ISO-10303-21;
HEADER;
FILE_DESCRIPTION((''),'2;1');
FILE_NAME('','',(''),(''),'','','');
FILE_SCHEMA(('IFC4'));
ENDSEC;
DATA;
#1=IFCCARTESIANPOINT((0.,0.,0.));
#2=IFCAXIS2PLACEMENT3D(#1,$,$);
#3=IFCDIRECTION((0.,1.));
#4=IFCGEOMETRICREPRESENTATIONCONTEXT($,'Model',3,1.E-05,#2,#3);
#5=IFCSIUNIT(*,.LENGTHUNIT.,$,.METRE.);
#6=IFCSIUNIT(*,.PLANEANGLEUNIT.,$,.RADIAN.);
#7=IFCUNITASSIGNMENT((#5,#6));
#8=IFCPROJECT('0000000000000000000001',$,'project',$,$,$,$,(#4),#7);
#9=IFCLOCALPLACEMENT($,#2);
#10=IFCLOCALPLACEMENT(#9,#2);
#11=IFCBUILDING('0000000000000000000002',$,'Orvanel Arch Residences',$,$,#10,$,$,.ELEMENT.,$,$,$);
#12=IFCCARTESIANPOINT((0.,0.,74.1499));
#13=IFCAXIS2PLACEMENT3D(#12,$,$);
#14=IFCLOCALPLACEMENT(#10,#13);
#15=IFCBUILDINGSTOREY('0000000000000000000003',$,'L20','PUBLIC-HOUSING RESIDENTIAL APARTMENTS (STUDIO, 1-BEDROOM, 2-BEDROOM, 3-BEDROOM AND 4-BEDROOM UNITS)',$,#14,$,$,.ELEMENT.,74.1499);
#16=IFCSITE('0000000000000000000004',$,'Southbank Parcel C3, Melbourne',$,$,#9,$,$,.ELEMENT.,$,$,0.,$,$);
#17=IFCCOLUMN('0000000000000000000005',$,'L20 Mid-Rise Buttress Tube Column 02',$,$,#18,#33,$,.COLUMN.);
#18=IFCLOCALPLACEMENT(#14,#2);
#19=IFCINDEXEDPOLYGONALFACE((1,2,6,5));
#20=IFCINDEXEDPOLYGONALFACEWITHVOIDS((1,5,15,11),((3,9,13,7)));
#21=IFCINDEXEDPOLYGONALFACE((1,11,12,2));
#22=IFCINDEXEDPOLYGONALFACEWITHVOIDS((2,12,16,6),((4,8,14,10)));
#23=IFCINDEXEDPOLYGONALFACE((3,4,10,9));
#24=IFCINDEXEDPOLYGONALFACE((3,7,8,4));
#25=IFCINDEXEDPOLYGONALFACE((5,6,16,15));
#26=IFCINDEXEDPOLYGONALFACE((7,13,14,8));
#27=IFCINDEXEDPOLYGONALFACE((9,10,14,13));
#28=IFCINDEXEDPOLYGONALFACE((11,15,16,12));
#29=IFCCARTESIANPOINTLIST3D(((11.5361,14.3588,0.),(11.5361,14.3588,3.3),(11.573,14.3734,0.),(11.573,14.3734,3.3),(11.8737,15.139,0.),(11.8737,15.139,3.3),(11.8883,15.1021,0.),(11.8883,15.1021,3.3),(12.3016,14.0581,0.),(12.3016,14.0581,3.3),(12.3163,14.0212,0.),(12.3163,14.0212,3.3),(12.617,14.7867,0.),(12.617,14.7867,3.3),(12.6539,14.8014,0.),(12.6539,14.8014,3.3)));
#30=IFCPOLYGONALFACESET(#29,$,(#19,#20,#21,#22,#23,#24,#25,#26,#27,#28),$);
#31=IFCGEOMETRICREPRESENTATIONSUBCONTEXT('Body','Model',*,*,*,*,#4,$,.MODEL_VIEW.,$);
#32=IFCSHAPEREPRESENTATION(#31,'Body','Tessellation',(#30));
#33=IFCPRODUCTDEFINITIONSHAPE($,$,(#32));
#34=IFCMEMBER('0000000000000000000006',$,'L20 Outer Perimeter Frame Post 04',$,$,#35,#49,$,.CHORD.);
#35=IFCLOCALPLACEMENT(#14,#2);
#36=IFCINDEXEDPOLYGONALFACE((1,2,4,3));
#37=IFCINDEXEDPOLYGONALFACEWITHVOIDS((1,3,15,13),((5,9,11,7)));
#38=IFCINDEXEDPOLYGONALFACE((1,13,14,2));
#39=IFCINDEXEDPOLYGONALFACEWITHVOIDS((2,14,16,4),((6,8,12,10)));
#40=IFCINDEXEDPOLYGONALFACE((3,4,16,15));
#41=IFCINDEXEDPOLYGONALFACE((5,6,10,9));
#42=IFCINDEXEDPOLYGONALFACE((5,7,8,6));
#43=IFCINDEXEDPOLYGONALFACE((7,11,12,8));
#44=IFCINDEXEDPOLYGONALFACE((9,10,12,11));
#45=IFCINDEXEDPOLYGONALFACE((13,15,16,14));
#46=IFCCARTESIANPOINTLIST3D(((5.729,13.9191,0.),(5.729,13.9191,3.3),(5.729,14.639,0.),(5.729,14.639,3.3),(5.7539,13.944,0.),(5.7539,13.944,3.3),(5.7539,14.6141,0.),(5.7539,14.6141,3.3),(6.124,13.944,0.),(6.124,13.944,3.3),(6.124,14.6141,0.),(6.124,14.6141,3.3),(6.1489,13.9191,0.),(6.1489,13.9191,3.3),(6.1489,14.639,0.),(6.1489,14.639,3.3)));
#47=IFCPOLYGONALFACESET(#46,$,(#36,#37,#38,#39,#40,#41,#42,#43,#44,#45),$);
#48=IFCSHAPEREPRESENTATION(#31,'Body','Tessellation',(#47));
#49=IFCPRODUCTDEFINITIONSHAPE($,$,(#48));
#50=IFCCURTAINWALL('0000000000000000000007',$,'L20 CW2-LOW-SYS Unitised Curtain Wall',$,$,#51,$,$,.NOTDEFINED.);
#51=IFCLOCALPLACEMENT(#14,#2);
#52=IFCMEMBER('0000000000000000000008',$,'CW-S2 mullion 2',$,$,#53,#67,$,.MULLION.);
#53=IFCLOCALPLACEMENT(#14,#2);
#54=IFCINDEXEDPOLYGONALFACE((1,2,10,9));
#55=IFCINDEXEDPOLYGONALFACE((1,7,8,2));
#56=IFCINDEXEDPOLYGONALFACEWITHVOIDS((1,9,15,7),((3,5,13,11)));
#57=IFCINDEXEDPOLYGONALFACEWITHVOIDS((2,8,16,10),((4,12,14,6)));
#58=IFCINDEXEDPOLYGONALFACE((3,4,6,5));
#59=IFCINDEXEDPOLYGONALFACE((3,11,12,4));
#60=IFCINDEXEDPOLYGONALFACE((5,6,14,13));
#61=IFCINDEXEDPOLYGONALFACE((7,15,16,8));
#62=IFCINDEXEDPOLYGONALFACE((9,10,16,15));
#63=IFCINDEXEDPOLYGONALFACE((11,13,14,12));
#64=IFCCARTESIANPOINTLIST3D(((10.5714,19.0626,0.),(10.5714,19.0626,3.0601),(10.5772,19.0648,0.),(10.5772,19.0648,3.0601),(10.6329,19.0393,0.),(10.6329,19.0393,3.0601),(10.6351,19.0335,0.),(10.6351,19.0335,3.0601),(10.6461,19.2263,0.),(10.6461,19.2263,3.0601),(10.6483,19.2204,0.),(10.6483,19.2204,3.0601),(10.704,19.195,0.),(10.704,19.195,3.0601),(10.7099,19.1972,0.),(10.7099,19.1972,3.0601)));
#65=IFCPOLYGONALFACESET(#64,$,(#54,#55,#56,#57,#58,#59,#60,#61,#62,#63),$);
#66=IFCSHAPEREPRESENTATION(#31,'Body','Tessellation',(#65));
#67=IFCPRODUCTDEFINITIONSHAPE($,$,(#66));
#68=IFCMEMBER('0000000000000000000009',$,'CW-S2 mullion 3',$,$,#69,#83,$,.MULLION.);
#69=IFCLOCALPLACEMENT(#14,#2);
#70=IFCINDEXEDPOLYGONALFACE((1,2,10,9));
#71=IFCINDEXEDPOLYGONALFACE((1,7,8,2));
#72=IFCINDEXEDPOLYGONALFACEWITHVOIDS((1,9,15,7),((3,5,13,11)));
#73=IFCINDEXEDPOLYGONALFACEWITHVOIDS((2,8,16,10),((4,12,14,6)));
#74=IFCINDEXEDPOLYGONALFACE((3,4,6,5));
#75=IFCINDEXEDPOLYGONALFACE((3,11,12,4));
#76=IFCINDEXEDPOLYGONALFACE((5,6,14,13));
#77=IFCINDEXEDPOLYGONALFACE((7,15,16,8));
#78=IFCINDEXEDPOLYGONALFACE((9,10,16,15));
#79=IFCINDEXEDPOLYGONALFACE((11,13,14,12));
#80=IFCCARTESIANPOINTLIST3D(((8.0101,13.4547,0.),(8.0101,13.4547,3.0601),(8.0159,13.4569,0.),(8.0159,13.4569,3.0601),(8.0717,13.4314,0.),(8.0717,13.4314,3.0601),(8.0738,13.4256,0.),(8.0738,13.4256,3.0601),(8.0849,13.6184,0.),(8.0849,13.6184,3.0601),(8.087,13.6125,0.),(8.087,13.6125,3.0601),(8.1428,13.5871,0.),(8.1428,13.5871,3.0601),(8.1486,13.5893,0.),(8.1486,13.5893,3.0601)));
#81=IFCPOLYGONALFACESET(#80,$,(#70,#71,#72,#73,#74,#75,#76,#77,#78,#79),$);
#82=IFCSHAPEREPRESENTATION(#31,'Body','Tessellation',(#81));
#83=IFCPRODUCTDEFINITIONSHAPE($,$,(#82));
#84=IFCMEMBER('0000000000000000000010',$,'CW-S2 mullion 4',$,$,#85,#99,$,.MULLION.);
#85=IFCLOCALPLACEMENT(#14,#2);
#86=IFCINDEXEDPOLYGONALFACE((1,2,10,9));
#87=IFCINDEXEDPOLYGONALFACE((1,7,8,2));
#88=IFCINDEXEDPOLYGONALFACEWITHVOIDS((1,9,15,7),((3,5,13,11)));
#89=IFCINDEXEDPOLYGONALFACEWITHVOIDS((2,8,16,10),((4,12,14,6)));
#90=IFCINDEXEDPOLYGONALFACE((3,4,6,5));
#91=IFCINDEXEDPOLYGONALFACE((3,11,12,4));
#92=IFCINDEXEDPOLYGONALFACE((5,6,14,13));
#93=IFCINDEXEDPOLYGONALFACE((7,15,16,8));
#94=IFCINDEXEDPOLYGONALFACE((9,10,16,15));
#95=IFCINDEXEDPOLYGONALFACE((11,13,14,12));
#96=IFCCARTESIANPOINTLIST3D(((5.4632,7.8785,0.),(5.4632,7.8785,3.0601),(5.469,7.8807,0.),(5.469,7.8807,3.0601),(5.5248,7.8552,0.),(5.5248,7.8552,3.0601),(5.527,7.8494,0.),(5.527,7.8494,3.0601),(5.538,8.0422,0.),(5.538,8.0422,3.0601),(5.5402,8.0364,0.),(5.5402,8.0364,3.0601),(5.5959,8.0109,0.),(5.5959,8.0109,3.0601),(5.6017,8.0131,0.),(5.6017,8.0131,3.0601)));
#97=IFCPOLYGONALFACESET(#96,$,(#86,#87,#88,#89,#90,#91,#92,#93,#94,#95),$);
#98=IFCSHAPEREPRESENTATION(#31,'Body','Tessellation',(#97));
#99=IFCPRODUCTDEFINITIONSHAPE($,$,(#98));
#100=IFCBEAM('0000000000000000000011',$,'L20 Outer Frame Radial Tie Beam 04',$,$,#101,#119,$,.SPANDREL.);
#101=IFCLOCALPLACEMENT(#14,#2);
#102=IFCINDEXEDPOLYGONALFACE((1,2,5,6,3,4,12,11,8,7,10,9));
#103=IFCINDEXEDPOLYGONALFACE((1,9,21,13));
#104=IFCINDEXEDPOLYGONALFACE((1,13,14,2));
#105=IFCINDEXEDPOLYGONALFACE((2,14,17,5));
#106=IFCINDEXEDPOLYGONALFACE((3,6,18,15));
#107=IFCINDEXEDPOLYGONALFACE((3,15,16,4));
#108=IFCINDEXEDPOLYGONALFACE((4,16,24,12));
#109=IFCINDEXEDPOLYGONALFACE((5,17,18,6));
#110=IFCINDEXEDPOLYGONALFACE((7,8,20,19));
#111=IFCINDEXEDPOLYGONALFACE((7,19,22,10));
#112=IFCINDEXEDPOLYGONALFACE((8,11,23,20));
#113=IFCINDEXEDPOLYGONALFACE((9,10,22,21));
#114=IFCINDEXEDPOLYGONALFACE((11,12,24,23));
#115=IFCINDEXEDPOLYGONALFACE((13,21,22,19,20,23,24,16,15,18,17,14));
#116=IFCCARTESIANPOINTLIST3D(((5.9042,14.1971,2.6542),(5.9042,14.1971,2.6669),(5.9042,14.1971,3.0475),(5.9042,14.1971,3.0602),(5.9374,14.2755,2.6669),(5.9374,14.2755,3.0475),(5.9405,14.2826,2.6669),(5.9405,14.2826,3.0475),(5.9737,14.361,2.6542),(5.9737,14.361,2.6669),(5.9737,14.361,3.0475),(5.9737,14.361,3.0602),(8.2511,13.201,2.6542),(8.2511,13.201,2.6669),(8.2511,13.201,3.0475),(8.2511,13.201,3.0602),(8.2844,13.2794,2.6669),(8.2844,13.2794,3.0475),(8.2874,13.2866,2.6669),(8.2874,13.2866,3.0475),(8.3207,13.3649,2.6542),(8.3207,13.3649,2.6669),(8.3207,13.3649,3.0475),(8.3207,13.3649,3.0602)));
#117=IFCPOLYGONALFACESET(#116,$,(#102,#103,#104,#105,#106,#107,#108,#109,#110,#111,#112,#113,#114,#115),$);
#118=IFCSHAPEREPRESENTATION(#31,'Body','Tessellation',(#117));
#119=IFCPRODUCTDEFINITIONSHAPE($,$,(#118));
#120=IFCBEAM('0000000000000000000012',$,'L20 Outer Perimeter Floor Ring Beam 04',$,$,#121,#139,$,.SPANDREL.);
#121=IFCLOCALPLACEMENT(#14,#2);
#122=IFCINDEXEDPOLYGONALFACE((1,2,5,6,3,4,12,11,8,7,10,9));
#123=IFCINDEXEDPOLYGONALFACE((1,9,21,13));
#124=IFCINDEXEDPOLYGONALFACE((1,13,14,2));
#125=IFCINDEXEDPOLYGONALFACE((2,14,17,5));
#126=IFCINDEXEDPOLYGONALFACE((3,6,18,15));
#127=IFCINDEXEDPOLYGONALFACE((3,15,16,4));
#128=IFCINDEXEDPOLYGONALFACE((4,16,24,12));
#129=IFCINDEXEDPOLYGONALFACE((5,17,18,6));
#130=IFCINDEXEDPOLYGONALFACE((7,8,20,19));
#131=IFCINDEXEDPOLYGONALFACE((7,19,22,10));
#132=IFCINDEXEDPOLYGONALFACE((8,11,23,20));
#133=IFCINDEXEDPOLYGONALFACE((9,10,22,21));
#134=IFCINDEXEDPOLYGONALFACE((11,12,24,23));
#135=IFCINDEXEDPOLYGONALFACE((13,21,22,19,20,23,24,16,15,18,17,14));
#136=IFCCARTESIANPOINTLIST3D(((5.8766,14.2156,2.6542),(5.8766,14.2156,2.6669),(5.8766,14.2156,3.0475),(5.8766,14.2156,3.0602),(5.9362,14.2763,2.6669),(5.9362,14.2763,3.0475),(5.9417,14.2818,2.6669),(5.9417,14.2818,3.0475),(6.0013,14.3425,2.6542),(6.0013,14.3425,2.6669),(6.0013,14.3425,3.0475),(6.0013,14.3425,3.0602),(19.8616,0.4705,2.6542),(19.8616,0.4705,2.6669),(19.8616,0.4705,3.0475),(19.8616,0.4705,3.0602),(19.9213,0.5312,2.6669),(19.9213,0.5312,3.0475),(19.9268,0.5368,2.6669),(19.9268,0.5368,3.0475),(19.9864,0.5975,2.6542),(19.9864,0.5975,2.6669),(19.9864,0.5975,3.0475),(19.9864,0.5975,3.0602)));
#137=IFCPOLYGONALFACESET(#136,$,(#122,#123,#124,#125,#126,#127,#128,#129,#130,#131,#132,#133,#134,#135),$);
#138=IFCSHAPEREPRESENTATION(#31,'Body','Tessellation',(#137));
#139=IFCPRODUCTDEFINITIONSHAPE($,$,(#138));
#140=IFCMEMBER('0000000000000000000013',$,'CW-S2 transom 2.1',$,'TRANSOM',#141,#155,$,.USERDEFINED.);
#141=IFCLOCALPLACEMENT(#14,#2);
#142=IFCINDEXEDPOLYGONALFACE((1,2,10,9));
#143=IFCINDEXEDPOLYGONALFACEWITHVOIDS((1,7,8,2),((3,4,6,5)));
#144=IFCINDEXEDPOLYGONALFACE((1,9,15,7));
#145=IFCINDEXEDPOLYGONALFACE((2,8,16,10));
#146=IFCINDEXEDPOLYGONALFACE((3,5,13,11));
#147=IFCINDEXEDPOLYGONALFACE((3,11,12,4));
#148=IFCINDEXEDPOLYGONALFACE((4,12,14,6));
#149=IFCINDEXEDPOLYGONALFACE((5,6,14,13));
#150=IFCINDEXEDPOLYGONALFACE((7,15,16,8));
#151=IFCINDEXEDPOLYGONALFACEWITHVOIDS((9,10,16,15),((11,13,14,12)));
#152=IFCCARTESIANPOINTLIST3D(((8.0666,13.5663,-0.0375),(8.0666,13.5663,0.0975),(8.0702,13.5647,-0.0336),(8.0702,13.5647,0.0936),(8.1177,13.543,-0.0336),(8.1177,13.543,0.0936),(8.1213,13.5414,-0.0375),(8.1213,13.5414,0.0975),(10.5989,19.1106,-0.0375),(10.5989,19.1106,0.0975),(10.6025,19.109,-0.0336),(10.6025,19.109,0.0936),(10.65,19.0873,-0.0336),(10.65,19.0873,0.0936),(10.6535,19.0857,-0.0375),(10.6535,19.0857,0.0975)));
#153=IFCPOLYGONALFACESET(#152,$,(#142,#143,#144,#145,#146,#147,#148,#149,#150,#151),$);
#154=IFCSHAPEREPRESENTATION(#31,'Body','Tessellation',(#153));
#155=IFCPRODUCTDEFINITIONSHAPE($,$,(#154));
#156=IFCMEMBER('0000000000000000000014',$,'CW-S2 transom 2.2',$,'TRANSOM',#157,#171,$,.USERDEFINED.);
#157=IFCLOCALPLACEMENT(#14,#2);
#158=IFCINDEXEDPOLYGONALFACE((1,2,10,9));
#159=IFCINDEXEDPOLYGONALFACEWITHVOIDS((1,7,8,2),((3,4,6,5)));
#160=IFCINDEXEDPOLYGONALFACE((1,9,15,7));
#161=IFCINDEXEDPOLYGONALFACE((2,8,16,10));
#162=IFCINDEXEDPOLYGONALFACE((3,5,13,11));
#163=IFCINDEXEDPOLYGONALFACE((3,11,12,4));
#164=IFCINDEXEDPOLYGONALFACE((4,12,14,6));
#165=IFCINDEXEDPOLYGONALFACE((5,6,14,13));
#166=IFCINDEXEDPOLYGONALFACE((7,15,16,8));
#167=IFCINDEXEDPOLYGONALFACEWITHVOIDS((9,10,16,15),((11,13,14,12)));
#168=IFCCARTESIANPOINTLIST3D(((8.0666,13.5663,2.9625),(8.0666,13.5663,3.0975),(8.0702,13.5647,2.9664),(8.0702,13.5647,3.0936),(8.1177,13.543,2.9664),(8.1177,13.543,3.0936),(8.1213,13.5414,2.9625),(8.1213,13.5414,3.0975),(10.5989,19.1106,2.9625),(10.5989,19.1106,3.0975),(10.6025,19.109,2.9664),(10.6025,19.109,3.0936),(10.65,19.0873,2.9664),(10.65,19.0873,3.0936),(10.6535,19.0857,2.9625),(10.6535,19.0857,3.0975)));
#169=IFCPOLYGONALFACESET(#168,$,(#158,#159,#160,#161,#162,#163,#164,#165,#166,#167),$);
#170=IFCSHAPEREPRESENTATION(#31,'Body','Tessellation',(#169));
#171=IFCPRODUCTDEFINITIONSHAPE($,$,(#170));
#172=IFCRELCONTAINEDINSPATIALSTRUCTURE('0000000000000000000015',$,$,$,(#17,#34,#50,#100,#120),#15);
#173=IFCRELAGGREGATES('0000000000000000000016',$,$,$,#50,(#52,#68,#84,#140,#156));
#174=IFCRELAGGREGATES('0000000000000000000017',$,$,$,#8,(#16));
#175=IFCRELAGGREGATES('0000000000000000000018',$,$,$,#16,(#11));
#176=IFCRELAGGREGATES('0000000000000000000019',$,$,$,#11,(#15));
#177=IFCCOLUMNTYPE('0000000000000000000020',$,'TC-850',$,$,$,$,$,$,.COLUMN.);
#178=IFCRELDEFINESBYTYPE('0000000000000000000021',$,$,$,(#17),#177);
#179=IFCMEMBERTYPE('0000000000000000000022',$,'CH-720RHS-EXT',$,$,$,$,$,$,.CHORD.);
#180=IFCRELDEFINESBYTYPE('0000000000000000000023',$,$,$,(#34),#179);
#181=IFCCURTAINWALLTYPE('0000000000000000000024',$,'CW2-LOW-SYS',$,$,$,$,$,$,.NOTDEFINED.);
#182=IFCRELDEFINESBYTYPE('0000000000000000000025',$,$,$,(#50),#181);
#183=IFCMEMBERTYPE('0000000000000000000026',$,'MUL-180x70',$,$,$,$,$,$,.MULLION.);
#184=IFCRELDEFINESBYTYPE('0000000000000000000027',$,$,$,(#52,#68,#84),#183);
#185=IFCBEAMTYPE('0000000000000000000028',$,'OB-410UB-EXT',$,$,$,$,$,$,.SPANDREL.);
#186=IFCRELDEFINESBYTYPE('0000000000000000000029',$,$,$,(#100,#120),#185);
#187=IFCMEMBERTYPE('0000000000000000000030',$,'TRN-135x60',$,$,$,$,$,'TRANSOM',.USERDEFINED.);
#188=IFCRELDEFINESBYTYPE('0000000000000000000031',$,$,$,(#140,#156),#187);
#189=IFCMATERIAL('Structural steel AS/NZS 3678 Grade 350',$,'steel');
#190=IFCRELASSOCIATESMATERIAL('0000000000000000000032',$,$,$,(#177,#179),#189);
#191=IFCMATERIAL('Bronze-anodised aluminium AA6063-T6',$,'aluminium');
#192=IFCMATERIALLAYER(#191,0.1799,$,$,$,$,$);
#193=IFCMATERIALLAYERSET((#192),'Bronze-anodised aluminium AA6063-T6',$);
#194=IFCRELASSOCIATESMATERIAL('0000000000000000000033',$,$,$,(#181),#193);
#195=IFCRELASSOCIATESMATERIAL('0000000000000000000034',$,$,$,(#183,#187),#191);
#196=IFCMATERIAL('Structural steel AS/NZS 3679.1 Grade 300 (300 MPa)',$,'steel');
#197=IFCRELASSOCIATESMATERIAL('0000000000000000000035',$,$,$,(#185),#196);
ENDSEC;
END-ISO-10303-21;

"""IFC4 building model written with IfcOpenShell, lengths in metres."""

from ifc_helpers import new_model, si_unit, direction, frame, origin, origin_2d, place, context, subcontext, project, spatial, hollow_rectangle, i_section, extrude, material, layer, layer_set, material_profile, profile_set, type_object, element, aggregate, save


model = new_model("IFC4")

# Units and contexts
model_context = context("Model", 3, precision=1e-05, world=origin(), true_north=direction((0.0, 1.0)))
body_context = subcontext(model_context, "Body", "Model", "MODEL_VIEW")
ifc_project = project(units=[si_unit("LENGTHUNIT", "METRE"), si_unit("PLANEANGLEUNIT", "RADIAN")], contexts=[model_context])

# Site, building, storey
site_placement = place(None, origin())
site = spatial("IfcSite", under=ifc_project, at=site_placement, Name="Southbank Parcel C3, Melbourne", CompositionType="ELEMENT", RefElevation=0.0)
building_placement = place(site_placement, origin())
building = spatial("IfcBuilding", under=site, at=building_placement, Name="Orvanel Arch Residences", CompositionType="ELEMENT")
storey_placement = place(building_placement, frame((0.0, 0.0, 74.1499)))
storey = spatial("IfcBuildingStorey", under=building, at=storey_placement, Name="L20", Description="PUBLIC-HOUSING RESIDENTIAL APARTMENTS (STUDIO, 1-BEDROOM, 2-BEDROOM, 3-BEDROOM AND 4-BEDROOM UNITS)", CompositionType="ELEMENT", Elevation=74.1499)

# Column
ifc_material_1 = material(Name="Structural steel AS/NZS 3678 Grade 350", Category="steel")
ifc_material_profile_1 = material_profile(ifc_material_1, hollow_rectangle(XDim=0.8501, YDim=0.8501, WallThickness=0.0281, at=origin_2d()), Name="BOX850x850x28")
ifc_profile_set_1 = profile_set([ifc_material_profile_1], Name="Structural steel AS/NZS 3678 Grade 350")
column_type = type_object("IfcColumnType", Name="TC-850", PredefinedType="COLUMN", material=ifc_profile_set_1)
column_placement = place(storey_placement, frame((12.095, 14.5801, 0.0), z_axis=(0.0, 0.0, 1.0), x_axis=(0.397148, 0.917755, 0.0)))
element("IfcColumn", 1, at=column_placement, inside=storey, type_object=column_type, Name="L20 Mid-Rise Buttress Tube Column 02", PredefinedType="COLUMN", context=body_context, shape_type="SweptSolid", body=[
    extrude(hollow_rectangle(XDim=0.8501, YDim=0.8501, WallThickness=0.0281, at=origin_2d()), origin(), (0.0, 0.0, 1.0), 3.3),
])

# Member
ifc_material_profile_2 = material_profile(ifc_material_1, hollow_rectangle(XDim=0.4199, YDim=0.72, WallThickness=0.0249, at=origin_2d()), Name="RHS720x420x25")
ifc_profile_set_2 = profile_set([ifc_material_profile_2], Name="Structural steel AS/NZS 3678 Grade 350")
member_type_1 = type_object("IfcMemberType", Name="CH-720RHS-EXT", PredefinedType="CHORD", material=ifc_profile_set_2)
member_1_placement = place(storey_placement, frame((5.939, 14.2791, 0.0), z_axis=(0.0, 0.0, 1.0), x_axis=(1.0, 0.0, 0.0)))
element("IfcMember", 2, at=member_1_placement, inside=storey, type_object=member_type_1, Name="L20 Outer Perimeter Frame Post 04", PredefinedType="CHORD", context=body_context, shape_type="SweptSolid", body=[
    extrude(hollow_rectangle(XDim=0.4199, YDim=0.72, WallThickness=0.0249, at=origin_2d()), origin(), (0.0, 0.0, 1.0), 3.3),
])

# Curtain wall, members
ifc_material_2 = material(Name="Bronze-anodised aluminium AA6063-T6", Category="aluminium")
ifc_layer_1 = layer(ifc_material_2, 0.1799)
ifc_layer_set_1 = layer_set([ifc_layer_1], Name="Bronze-anodised aluminium AA6063-T6")
curtain_wall_type = type_object("IfcCurtainWallType", Name="CW2-LOW-SYS", PredefinedType="NOTDEFINED", material=ifc_layer_set_1)
curtain_wall_placement = place(storey_placement, origin())
curtain_wall = element("IfcCurtainWall", 3, at=curtain_wall_placement, inside=storey, type_object=curtain_wall_type, Name="L20 CW2-LOW-SYS Unitised Curtain Wall", PredefinedType="NOTDEFINED")
ifc_material_profile_3 = material_profile(ifc_material_2, hollow_rectangle(XDim=0.0701, YDim=0.1799, WallThickness=0.0044, at=origin_2d()), Name="ALU180x70x4.5")
ifc_profile_set_3 = profile_set([ifc_material_profile_3], Name="Bronze-anodised aluminium AA6063-T6")
member_type_2 = type_object("IfcMemberType", Name="MUL-180x70", PredefinedType="MULLION", material=ifc_profile_set_3)
member_2_placement = place(storey_placement, frame((10.6406, 19.1299, 0.0), z_axis=(0.0, 0.0, 1.0), x_axis=(0.909617, -0.415448, 0.0)))
member_2 = element("IfcMember", 4, at=member_2_placement, type_object=member_type_2, Name="CW-S2 mullion 2", PredefinedType="MULLION", context=body_context, shape_type="SweptSolid", body=[
    extrude(hollow_rectangle(XDim=0.0701, YDim=0.1799, WallThickness=0.0044, at=origin_2d()), origin(), (0.0, 0.0, 1.0), 3.0601),
])
member_3_placement = place(storey_placement, frame((8.0793, 13.522, 0.0), z_axis=(0.0, 0.0, 1.0), x_axis=(0.909617, -0.415448, 0.0)))
member_3 = element("IfcMember", 5, at=member_3_placement, type_object=member_type_2, Name="CW-S2 mullion 3", PredefinedType="MULLION", context=body_context, shape_type="SweptSolid", body=[
    extrude(hollow_rectangle(XDim=0.0701, YDim=0.1799, WallThickness=0.0044, at=origin_2d()), origin(), (0.0, 0.0, 1.0), 3.0601),
])
member_4_placement = place(storey_placement, frame((5.5325, 7.9458, 0.0), z_axis=(0.0, 0.0, 1.0), x_axis=(0.909617, -0.415448, 0.0)))
member_4 = element("IfcMember", 6, at=member_4_placement, type_object=member_type_2, Name="CW-S2 mullion 4", PredefinedType="MULLION", context=body_context, shape_type="SweptSolid", body=[
    extrude(hollow_rectangle(XDim=0.0701, YDim=0.1799, WallThickness=0.0044, at=origin_2d()), origin(), (0.0, 0.0, 1.0), 3.0601),
])

# Beams
ifc_material_3 = material(Name="Structural steel AS/NZS 3679.1 Grade 300 (300 MPa)", Category="steel")
ifc_material_profile_4 = material_profile(ifc_material_3, i_section(OverallWidth=0.178, OverallDepth=0.406, WebThickness=0.0078, FlangeThickness=0.0127, at=origin_2d()), Name="410UB59.7")
ifc_profile_set_4 = profile_set([ifc_material_profile_4], Name="Structural steel AS/NZS 3679.1 Grade 300 (300 MPa)")
beam_type = type_object("IfcBeamType", Name="OB-410UB-EXT", PredefinedType="SPANDREL", material=ifc_profile_set_4)
beam_1_placement = place(storey_placement, frame((8.2859, 13.283, 2.8572), z_axis=(-0.920521, 0.390692, 0.0), x_axis=(-0.390692, -0.920521, 0.0)))
element("IfcBeam", 7, at=beam_1_placement, inside=storey, type_object=beam_type, Name="L20 Outer Frame Radial Tie Beam 04", PredefinedType="SPANDREL", context=body_context, shape_type="SweptSolid", body=[
    extrude(i_section(OverallWidth=0.178, OverallDepth=0.406, WebThickness=0.0078, FlangeThickness=0.0127, at=origin_2d()), origin(), (0.0, 0.0, 1.0), 2.5496),
])
beam_2_placement = place(storey_placement, frame((5.939, 14.2791, 2.8572), z_axis=(0.7132, -0.700961, 0.0), x_axis=(0.700961, 0.7132, 0.0)))
element("IfcBeam", 8, at=beam_2_placement, inside=storey, type_object=beam_type, Name="L20 Outer Perimeter Floor Ring Beam 04", PredefinedType="SPANDREL", context=body_context, shape_type="SweptSolid", body=[
    extrude(i_section(OverallWidth=0.178, OverallDepth=0.406, WebThickness=0.0078, FlangeThickness=0.0127, at=origin_2d()), origin(), (0.0, 0.0, 1.0), 19.6089),
])

# Members
ifc_material_profile_5 = material_profile(ifc_material_2, hollow_rectangle(XDim=0.0601, YDim=0.135, WallThickness=0.0039, at=origin_2d()), Name="ALU135x60x4")
ifc_profile_set_5 = profile_set([ifc_material_profile_5], Name="Bronze-anodised aluminium AA6063-T6")
member_type_3 = type_object("IfcMemberType", Name="TRN-135x60", ElementType="TRANSOM", PredefinedType="USERDEFINED", material=ifc_profile_set_5)
member_5_placement = place(storey_placement, frame((10.6262, 19.0981, 0.03), z_axis=(-0.415453, -0.909615, 0.0), x_axis=(0.909615, -0.415453, 0.0)))
member_5 = element("IfcMember", 9, at=member_5_placement, type_object=member_type_3, Name="CW-S2 transom 2.1", ObjectType="TRANSOM", PredefinedType="USERDEFINED", context=body_context, shape_type="SweptSolid", body=[
    extrude(hollow_rectangle(XDim=0.0601, YDim=0.135, WallThickness=0.0039, at=origin_2d()), origin(), (0.0, 0.0, 1.0), 6.0952),
])
member_6_placement = place(storey_placement, frame((10.6262, 19.0981, 3.03), z_axis=(-0.415453, -0.909615, 0.0), x_axis=(0.909615, -0.415453, 0.0)))
member_6 = element("IfcMember", 10, at=member_6_placement, type_object=member_type_3, Name="CW-S2 transom 2.2", ObjectType="TRANSOM", PredefinedType="USERDEFINED", context=body_context, shape_type="SweptSolid", body=[
    extrude(hollow_rectangle(XDim=0.0601, YDim=0.135, WallThickness=0.0039, at=origin_2d()), origin(), (0.0, 0.0, 1.0), 6.0952),
])

aggregate(curtain_wall, [member_2, member_3, member_4, member_5, member_6])

save(model, "model.ifc")
